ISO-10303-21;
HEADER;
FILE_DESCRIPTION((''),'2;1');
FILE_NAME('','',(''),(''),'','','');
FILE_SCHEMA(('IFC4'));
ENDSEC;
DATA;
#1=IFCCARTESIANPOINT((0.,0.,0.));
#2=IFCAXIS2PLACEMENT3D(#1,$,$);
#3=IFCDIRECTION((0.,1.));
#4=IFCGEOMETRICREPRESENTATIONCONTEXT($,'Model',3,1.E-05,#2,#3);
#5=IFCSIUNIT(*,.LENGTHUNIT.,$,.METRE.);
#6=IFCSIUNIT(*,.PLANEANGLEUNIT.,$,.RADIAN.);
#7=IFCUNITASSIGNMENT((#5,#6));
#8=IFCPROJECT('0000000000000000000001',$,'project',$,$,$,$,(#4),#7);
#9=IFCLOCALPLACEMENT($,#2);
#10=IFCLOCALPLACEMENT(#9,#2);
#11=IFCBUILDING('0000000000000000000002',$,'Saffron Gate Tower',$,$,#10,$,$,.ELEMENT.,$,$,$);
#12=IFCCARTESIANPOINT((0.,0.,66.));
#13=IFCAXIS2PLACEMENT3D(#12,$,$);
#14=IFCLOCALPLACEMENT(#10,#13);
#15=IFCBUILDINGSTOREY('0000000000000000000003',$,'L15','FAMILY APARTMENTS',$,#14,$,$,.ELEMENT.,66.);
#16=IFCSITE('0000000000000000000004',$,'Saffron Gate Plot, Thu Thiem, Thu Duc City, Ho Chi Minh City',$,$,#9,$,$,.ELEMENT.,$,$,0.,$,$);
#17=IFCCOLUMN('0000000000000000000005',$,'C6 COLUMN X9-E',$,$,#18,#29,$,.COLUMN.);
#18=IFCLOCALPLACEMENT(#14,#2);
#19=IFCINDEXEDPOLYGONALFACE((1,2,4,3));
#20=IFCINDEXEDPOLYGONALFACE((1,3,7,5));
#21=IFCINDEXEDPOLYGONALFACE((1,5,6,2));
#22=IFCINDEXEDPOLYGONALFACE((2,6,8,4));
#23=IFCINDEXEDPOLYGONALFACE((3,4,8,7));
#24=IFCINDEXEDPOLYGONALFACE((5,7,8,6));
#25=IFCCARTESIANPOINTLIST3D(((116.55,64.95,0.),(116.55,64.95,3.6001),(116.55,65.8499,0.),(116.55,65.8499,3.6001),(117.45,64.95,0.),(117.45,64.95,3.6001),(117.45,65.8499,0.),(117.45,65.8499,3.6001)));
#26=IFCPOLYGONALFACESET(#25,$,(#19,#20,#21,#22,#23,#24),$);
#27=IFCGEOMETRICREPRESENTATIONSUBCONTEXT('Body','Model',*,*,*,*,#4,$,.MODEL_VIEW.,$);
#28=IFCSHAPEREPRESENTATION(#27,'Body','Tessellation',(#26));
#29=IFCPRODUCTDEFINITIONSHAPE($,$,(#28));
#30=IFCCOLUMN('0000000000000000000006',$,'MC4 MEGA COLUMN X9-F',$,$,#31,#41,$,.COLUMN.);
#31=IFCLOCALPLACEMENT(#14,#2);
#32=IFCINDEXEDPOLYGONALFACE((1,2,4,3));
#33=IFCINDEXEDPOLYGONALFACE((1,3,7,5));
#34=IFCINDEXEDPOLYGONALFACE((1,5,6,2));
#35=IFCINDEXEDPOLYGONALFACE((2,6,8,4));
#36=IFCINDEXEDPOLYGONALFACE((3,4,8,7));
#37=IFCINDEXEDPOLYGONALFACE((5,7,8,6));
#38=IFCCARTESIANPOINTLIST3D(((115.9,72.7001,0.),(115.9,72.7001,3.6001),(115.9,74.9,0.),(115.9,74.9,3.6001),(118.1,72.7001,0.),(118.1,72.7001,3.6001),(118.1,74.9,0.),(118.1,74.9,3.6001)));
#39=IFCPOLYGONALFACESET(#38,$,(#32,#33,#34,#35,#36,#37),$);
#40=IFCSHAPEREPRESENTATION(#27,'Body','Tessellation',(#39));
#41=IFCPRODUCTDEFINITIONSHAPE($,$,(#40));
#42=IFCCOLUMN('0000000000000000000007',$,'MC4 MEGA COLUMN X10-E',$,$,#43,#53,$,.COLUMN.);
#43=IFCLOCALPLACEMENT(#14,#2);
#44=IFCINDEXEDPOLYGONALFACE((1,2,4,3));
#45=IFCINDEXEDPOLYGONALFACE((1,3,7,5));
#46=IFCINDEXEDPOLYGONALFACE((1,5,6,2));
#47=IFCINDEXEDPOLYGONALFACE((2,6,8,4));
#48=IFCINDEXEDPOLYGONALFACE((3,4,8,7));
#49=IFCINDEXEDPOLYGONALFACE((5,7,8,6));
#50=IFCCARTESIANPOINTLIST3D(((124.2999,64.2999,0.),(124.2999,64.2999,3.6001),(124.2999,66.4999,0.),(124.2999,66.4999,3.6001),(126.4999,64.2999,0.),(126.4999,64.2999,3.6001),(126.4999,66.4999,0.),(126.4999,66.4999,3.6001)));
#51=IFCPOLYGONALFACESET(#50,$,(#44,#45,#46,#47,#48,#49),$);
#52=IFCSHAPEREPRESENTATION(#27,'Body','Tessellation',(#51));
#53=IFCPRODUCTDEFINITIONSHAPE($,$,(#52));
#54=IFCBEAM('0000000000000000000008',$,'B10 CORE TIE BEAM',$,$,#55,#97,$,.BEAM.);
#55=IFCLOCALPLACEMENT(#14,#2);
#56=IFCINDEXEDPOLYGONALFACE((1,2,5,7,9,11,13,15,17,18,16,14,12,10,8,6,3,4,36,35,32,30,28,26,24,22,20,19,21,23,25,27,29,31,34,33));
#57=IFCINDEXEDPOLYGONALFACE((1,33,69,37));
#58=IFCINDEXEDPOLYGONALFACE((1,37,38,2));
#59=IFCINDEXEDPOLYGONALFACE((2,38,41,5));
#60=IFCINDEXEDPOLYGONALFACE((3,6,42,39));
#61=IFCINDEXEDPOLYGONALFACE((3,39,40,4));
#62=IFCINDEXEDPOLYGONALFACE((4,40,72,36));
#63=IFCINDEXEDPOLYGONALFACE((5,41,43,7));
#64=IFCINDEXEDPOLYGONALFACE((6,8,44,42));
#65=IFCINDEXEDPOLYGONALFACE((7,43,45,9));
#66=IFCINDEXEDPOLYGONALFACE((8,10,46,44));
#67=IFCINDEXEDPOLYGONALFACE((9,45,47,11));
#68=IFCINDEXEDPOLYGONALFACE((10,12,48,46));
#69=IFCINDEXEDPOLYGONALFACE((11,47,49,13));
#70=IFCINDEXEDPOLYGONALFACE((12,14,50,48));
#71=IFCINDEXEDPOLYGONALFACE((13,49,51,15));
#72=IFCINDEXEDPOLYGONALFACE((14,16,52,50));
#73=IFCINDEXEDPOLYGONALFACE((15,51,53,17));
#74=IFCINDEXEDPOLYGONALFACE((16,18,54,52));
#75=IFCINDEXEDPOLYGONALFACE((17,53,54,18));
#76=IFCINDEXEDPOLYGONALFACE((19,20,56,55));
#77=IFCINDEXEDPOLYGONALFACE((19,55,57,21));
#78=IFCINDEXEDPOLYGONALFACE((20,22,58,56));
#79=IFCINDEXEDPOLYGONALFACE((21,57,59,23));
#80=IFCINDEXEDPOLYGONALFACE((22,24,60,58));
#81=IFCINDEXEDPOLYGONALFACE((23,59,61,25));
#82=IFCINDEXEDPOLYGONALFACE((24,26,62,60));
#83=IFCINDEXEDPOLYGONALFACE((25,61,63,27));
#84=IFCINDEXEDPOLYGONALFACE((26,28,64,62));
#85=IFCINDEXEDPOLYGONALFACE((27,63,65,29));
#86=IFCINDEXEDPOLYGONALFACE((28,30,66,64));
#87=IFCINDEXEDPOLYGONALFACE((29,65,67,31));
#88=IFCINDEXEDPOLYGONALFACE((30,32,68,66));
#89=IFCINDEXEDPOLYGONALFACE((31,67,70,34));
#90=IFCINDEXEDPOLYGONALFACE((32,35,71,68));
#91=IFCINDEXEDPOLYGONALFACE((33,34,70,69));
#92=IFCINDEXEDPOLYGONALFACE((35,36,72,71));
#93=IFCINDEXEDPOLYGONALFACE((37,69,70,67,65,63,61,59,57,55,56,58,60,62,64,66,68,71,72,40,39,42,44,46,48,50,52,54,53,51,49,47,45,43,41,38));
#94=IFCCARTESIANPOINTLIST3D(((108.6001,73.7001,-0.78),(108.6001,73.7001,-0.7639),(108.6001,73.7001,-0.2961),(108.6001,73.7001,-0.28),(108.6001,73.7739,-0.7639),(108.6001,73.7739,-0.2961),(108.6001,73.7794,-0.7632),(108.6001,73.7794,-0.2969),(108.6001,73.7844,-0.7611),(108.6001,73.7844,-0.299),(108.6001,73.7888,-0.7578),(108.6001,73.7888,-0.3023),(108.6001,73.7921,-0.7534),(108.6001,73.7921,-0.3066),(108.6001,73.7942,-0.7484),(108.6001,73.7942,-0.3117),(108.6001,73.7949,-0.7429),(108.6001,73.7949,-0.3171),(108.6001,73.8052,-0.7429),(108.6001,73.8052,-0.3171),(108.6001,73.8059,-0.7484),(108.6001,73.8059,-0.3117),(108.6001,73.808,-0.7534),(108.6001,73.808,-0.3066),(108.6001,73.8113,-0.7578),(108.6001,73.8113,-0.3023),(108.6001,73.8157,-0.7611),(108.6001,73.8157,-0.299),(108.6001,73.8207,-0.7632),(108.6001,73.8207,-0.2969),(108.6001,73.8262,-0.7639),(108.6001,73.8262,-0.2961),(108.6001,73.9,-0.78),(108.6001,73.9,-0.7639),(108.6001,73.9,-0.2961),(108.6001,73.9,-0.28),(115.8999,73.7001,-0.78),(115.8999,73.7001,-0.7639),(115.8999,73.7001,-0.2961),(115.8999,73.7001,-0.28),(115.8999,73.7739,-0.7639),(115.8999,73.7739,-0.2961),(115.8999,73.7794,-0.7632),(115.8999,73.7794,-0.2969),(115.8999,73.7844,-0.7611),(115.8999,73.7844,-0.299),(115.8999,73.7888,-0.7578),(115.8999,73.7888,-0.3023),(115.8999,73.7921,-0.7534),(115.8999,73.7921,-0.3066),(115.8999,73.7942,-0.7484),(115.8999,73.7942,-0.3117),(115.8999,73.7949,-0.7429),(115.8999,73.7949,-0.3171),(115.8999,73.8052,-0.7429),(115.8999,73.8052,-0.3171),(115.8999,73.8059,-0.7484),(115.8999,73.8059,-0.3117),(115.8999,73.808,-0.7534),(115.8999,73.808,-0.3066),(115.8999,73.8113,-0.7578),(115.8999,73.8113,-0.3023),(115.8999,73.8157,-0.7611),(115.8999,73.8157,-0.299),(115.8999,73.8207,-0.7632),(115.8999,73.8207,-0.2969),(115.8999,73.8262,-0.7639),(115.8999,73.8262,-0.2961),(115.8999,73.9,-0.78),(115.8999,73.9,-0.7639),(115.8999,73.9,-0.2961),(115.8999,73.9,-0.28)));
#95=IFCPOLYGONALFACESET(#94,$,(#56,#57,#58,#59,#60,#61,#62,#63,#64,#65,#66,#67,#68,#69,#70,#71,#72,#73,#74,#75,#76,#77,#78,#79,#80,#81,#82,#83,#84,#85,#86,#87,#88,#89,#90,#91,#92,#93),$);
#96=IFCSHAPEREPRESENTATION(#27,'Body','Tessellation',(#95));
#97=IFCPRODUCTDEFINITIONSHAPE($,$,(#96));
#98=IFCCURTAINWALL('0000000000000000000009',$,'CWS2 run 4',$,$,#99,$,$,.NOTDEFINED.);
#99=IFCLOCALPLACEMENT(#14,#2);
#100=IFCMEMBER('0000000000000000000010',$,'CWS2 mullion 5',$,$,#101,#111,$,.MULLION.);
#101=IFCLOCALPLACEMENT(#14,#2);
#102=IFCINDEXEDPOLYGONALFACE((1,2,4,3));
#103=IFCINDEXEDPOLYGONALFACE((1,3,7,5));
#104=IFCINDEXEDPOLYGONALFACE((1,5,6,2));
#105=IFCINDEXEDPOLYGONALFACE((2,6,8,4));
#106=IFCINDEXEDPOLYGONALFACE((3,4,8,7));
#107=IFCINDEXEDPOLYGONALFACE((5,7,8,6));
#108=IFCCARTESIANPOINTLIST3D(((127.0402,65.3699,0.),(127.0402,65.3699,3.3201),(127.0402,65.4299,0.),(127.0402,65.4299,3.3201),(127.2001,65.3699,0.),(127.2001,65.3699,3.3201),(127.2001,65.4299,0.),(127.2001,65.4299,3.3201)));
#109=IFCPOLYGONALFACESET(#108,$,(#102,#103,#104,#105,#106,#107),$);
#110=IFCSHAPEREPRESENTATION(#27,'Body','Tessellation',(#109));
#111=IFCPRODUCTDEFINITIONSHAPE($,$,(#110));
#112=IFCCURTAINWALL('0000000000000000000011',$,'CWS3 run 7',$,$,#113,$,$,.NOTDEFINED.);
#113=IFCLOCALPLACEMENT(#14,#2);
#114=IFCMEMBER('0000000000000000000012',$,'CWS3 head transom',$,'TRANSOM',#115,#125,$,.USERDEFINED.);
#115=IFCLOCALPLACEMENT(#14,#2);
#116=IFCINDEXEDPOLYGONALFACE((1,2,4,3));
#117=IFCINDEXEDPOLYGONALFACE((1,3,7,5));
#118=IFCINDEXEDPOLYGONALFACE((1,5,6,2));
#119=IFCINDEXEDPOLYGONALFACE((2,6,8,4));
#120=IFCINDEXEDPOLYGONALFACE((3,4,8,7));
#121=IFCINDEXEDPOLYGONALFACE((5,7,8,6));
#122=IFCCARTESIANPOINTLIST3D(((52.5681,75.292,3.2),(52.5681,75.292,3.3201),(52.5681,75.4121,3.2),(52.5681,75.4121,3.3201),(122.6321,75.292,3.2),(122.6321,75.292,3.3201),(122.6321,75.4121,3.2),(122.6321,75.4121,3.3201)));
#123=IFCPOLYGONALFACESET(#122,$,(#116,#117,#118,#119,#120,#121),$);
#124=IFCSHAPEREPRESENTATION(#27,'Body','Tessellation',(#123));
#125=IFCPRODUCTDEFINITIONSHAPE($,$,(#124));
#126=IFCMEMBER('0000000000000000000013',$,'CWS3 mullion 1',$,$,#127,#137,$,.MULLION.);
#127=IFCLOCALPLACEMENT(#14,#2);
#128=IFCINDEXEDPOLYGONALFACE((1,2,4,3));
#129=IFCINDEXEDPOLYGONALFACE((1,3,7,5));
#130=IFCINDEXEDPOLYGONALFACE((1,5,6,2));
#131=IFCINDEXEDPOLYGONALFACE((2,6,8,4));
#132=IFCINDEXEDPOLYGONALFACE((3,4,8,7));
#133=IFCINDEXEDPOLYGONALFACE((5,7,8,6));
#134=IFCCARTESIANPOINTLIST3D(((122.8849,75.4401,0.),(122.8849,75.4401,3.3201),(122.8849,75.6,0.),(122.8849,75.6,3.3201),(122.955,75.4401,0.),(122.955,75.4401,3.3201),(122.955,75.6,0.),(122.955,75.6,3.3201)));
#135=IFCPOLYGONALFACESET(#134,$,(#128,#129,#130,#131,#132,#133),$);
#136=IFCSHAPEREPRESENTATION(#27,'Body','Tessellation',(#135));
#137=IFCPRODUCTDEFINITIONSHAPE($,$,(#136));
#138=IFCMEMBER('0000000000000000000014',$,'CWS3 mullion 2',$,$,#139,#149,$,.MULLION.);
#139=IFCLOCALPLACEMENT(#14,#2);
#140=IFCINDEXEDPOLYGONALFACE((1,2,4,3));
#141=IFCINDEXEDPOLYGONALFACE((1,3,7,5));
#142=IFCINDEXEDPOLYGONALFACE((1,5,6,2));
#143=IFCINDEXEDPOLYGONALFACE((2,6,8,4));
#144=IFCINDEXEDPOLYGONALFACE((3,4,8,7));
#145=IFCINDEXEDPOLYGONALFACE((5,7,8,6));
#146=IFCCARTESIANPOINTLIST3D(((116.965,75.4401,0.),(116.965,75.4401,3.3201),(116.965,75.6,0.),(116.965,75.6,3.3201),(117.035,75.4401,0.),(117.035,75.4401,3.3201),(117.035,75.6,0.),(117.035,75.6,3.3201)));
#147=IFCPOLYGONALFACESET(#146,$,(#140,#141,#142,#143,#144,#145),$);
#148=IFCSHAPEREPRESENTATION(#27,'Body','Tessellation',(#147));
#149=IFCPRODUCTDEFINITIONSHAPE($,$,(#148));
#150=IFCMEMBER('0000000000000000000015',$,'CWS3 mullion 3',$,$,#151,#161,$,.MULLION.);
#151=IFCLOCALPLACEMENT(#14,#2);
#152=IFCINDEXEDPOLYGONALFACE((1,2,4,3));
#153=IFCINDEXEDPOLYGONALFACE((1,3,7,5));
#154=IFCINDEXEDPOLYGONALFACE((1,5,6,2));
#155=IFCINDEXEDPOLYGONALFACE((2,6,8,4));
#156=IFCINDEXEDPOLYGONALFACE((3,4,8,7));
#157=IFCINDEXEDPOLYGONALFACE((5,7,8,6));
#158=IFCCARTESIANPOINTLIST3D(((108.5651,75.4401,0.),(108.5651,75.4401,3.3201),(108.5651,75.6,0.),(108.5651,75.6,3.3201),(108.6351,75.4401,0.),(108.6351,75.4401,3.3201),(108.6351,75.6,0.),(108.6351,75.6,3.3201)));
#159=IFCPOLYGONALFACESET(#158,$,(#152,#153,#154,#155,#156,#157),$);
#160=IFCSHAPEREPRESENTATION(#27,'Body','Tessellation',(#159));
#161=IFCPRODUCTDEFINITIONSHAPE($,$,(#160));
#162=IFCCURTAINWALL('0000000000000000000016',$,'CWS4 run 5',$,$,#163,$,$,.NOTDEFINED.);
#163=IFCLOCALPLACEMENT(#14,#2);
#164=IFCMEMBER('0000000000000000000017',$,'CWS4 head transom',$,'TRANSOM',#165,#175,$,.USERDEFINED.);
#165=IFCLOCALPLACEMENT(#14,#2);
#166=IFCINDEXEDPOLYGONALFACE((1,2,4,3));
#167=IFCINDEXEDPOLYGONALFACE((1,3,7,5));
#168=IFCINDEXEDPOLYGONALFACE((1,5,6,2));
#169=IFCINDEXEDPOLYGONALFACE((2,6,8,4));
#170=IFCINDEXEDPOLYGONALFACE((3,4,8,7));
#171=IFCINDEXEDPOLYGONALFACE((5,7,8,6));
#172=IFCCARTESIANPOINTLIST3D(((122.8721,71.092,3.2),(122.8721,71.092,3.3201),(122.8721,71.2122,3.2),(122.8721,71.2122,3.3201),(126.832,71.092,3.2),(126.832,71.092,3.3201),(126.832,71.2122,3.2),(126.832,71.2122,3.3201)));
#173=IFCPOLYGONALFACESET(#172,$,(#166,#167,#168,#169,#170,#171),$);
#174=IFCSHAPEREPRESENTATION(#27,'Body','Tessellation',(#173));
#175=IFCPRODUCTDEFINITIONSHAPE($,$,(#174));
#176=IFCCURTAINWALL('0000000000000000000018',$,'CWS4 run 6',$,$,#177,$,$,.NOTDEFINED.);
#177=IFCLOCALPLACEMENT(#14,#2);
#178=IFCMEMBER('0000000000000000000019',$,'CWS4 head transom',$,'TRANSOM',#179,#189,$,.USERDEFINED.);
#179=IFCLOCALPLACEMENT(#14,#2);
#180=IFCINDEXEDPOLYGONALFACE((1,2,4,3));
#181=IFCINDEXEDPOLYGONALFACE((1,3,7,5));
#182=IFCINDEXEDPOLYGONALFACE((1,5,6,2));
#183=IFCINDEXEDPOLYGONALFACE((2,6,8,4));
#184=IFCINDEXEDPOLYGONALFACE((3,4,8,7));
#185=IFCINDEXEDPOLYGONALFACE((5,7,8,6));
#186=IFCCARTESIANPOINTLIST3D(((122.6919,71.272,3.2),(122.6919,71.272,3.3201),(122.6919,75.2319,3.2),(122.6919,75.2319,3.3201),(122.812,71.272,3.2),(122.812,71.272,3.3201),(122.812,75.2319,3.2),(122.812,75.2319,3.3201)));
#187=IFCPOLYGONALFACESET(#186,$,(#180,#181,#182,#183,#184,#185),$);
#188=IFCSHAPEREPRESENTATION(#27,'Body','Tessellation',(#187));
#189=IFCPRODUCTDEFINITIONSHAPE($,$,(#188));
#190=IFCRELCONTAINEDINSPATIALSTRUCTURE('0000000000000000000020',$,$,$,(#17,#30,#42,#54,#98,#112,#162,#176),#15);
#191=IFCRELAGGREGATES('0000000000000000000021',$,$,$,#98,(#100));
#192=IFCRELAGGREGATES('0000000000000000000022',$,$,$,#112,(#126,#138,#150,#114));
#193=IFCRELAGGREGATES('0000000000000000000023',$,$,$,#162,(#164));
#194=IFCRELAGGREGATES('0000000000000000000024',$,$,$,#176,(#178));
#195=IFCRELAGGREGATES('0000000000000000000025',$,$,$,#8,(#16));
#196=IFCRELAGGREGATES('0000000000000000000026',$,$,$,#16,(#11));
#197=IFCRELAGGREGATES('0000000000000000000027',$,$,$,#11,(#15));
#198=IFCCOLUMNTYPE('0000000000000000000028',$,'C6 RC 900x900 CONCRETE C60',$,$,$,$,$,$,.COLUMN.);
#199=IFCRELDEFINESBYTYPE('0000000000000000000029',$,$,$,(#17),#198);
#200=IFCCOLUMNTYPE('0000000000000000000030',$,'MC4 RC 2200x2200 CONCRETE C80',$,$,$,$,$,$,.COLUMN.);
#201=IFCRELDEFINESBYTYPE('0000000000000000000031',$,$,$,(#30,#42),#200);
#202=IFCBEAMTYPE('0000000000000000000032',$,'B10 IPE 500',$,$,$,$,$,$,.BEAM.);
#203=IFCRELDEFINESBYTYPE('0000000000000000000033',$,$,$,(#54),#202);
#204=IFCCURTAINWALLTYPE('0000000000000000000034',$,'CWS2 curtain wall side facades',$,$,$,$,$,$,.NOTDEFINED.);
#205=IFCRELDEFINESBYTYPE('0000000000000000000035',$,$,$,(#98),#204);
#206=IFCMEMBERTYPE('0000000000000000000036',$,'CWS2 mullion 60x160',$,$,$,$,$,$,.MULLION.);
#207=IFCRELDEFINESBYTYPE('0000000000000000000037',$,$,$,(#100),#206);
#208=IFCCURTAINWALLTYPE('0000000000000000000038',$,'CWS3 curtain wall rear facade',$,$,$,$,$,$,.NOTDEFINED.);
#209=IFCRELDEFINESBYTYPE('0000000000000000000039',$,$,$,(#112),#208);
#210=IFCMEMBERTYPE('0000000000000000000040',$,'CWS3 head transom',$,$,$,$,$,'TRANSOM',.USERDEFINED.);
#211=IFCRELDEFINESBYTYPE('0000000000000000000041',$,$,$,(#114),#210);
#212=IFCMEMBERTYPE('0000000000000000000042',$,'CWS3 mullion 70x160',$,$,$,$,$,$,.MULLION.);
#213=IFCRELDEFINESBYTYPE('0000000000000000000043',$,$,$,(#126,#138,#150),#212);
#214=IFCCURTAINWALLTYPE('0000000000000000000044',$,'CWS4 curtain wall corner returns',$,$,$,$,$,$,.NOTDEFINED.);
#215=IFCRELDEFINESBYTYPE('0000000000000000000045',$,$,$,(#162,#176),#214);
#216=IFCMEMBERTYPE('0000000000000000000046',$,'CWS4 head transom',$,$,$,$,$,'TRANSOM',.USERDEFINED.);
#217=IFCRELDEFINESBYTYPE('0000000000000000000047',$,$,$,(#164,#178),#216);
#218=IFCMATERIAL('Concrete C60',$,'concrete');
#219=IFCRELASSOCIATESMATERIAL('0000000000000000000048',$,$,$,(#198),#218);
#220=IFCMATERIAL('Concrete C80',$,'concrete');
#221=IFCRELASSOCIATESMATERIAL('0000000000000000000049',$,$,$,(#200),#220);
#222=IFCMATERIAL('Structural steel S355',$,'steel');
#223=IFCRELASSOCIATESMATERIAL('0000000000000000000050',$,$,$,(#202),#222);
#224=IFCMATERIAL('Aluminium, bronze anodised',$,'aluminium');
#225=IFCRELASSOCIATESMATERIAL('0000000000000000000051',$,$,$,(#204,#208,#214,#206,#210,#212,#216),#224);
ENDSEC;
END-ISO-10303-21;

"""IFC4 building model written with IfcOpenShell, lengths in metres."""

from ifc_helpers import new_model, si_unit, direction, frame, origin, origin_2d, place, context, subcontext, project, spatial, rectangle, i_section, extrude, material, material_profile, profile_set, type_object, element, aggregate, save


model = new_model("IFC4")

# Units and contexts
model_context = context("Model", 3, precision=1e-05, world=origin(), true_north=direction((0.0, 1.0)))
body_context = subcontext(model_context, "Body", "Model", "MODEL_VIEW")
ifc_project = project(units=[si_unit("LENGTHUNIT", "METRE"), si_unit("PLANEANGLEUNIT", "RADIAN")], contexts=[model_context])

# Site, building, storey
site_placement = place(None, origin())
site = spatial("IfcSite", under=ifc_project, at=site_placement, Name="Saffron Gate Plot, Thu Thiem, Thu Duc City, Ho Chi Minh City", CompositionType="ELEMENT", RefElevation=0.0)
building_placement = place(site_placement, origin())
building = spatial("IfcBuilding", under=site, at=building_placement, Name="Saffron Gate Tower", CompositionType="ELEMENT")
storey_placement = place(building_placement, frame((0.0, 0.0, 66.0)))
storey = spatial("IfcBuildingStorey", under=building, at=storey_placement, Name="L15", Description="FAMILY APARTMENTS", CompositionType="ELEMENT", Elevation=66.0)

# Columns
ifc_material_1 = material(Name="Concrete C60", Category="concrete")
ifc_material_profile_1 = material_profile(ifc_material_1, rectangle(XDim=0.8999, YDim=0.8999, at=origin_2d()))
ifc_profile_set_1 = profile_set([ifc_material_profile_1], Name="Concrete C60")
column_type_1 = type_object("IfcColumnType", Name="C6 RC 900x900 CONCRETE C60", PredefinedType="COLUMN", material=ifc_profile_set_1)
column_placement = place(storey_placement, frame((117.0, 65.3999, 0.0), z_axis=(0.0, 0.0, 1.0), x_axis=(1.0, 0.0, 0.0)))
element("IfcColumn", 1, at=column_placement, inside=storey, type_object=column_type_1, Name="C6 COLUMN X9-E", PredefinedType="COLUMN", context=body_context, shape_type="SweptSolid", body=[
    extrude(rectangle(XDim=0.8999, YDim=0.8999, at=origin_2d()), origin(), (0.0, 0.0, 1.0), 3.6001),
])
ifc_material_2 = material(Name="Concrete C80", Category="concrete")
ifc_material_profile_2 = material_profile(ifc_material_2, rectangle(XDim=2.2, YDim=2.2, at=origin_2d()))
ifc_profile_set_2 = profile_set([ifc_material_profile_2], Name="Concrete C80")
column_type_2 = type_object("IfcColumnType", Name="MC4 RC 2200x2200 CONCRETE C80", PredefinedType="COLUMN", material=ifc_profile_set_2)
for number, where, z_axis, x_axis, name in (
    (2, (117.0, 73.8, 0.0), (0.0, 0.0, 1.0), (1.0, 0.0, 0.0), "MC4 MEGA COLUMN X9-F"),
    (3, (125.3999, 65.3999, 0.0), (0.0, 0.0, 1.0), (1.0, 0.0, 0.0), "MC4 MEGA COLUMN X10-E"),
):
    element("IfcColumn", number, at=place(storey_placement, frame(where, z_axis=z_axis, x_axis=x_axis)), inside=storey, type_object=column_type_2, Name=name, PredefinedType="COLUMN", context=body_context, shape_type="SweptSolid", body=[
        extrude(rectangle(XDim=2.2, YDim=2.2, at=origin_2d()), origin(), (0.0, 0.0, 1.0), 3.6001),
    ])

# Beam
ifc_material_3 = material(Name="Structural steel S355", Category="steel")
ifc_material_profile_3 = material_profile(ifc_material_3, i_section(OverallWidth=0.2, OverallDepth=0.5, WebThickness=0.0103, FlangeThickness=0.0161, FilletRadius=0.021, at=origin_2d()))
ifc_profile_set_3 = profile_set([ifc_material_profile_3], Name="Structural steel S355")
beam_type = type_object("IfcBeamType", Name="B10 IPE 500", PredefinedType="BEAM", material=ifc_profile_set_3)
beam_placement = place(storey_placement, frame((115.8999, 73.8, -0.53), z_axis=(-1.0, 0.0, 0.0), x_axis=(0.0, -1.0, 0.0)))
element("IfcBeam", 4, at=beam_placement, inside=storey, type_object=beam_type, Name="B10 CORE TIE BEAM", PredefinedType="BEAM", context=body_context, shape_type="SweptSolid", body=[
    extrude(i_section(OverallWidth=0.2, OverallDepth=0.5, WebThickness=0.0103, FlangeThickness=0.0161, FilletRadius=0.021, at=origin_2d()), origin(), (0.0, 0.0, 1.0), 7.2998),
])

# Curtain wall, member
ifc_material_4 = material(Name="Aluminium, bronze anodised", Category="aluminium")
curtain_wall_type_1 = type_object("IfcCurtainWallType", Name="CWS2 curtain wall side facades", PredefinedType="NOTDEFINED", material=ifc_material_4)
curtain_wall_1_placement = place(storey_placement, origin())
curtain_wall_1 = element("IfcCurtainWall", 5, at=curtain_wall_1_placement, inside=storey, type_object=curtain_wall_type_1, Name="CWS2 run 4", PredefinedType="NOTDEFINED")
ifc_material_profile_4 = material_profile(ifc_material_4, rectangle(XDim=0.1599, YDim=0.0601, at=origin_2d()))
ifc_profile_set_4 = profile_set([ifc_material_profile_4], Name="Aluminium, bronze anodised")
member_type_1 = type_object("IfcMemberType", Name="CWS2 mullion 60x160", PredefinedType="MULLION", material=ifc_profile_set_4)
member_1_placement = place(storey_placement, frame((127.1201, 65.3999, 0.0), z_axis=(0.0, 0.0, 1.0), x_axis=(-1.0, 0.0, 0.0)))
member_1 = element("IfcMember", 6, at=member_1_placement, type_object=member_type_1, Name="CWS2 mullion 5", PredefinedType="MULLION", context=body_context, shape_type="SweptSolid", body=[
    extrude(rectangle(XDim=0.1599, YDim=0.0601, at=origin_2d()), origin(), (0.0, 0.0, 1.0), 3.3201),
])
aggregate(curtain_wall_1, [member_1])

# Curtain wall, members
curtain_wall_type_2 = type_object("IfcCurtainWallType", Name="CWS3 curtain wall rear facade", PredefinedType="NOTDEFINED", material=ifc_material_4)
curtain_wall_2_placement = place(storey_placement, origin())
curtain_wall_2 = element("IfcCurtainWall", 7, at=curtain_wall_2_placement, inside=storey, type_object=curtain_wall_type_2, Name="CWS3 run 7", PredefinedType="NOTDEFINED")
ifc_material_profile_5 = material_profile(ifc_material_4, rectangle(XDim=0.1201, YDim=0.1201, at=origin_2d()))
ifc_profile_set_5 = profile_set([ifc_material_profile_5], Name="Aluminium, bronze anodised")
member_type_2 = type_object("IfcMemberType", Name="CWS3 head transom", ElementType="TRANSOM", PredefinedType="USERDEFINED", material=ifc_profile_set_5)
member_2_placement = place(storey_placement, frame((122.6321, 75.3521, 3.26), z_axis=(-1.0, 0.0, 0.0), x_axis=(0.0, -1.0, 0.0)))
member_2 = element("IfcMember", 8, at=member_2_placement, type_object=member_type_2, Name="CWS3 head transom", ObjectType="TRANSOM", PredefinedType="USERDEFINED", context=body_context, shape_type="SweptSolid", body=[
    extrude(rectangle(XDim=0.1201, YDim=0.1201, at=origin_2d()), origin(), (0.0, 0.0, 1.0), 70.064),
])
ifc_material_profile_6 = material_profile(ifc_material_4, rectangle(XDim=0.1599, YDim=0.0701, at=origin_2d()))
ifc_profile_set_6 = profile_set([ifc_material_profile_6], Name="Aluminium, bronze anodised")
member_type_3 = type_object("IfcMemberType", Name="CWS3 mullion 70x160", PredefinedType="MULLION", material=ifc_profile_set_6)
member_3_placement = place(storey_placement, frame((122.9199, 75.52, 0.0), z_axis=(0.0, 0.0, 1.0), x_axis=(0.0, -1.0, 0.0)))
member_3 = element("IfcMember", 9, at=member_3_placement, type_object=member_type_3, Name="CWS3 mullion 1", PredefinedType="MULLION", context=body_context, shape_type="SweptSolid", body=[
    extrude(rectangle(XDim=0.1599, YDim=0.0701, at=origin_2d()), origin(), (0.0, 0.0, 1.0), 3.3201),
])
member_4_placement = place(storey_placement, frame((117.0, 75.52, 0.0), z_axis=(0.0, 0.0, 1.0), x_axis=(0.0, -1.0, 0.0)))
member_4 = element("IfcMember", 10, at=member_4_placement, type_object=member_type_3, Name="CWS3 mullion 2", PredefinedType="MULLION", context=body_context, shape_type="SweptSolid", body=[
    extrude(rectangle(XDim=0.1599, YDim=0.0701, at=origin_2d()), origin(), (0.0, 0.0, 1.0), 3.3201),
])
member_5_placement = place(storey_placement, frame((108.6001, 75.52, 0.0), z_axis=(0.0, 0.0, 1.0), x_axis=(0.0, -1.0, 0.0)))
member_5 = element("IfcMember", 11, at=member_5_placement, type_object=member_type_3, Name="CWS3 mullion 3", PredefinedType="MULLION", context=body_context, shape_type="SweptSolid", body=[
    extrude(rectangle(XDim=0.1599, YDim=0.0701, at=origin_2d()), origin(), (0.0, 0.0, 1.0), 3.3201),
])

# Curtain walls, members
curtain_wall_type_3 = type_object("IfcCurtainWallType", Name="CWS4 curtain wall corner returns", PredefinedType="NOTDEFINED", material=ifc_material_4)
curtain_wall_3_placement = place(storey_placement, origin())
curtain_wall_3 = element("IfcCurtainWall", 12, at=curtain_wall_3_placement, inside=storey, type_object=curtain_wall_type_3, Name="CWS4 run 5", PredefinedType="NOTDEFINED")
ifc_material_profile_7 = material_profile(ifc_material_4, rectangle(XDim=0.1201, YDim=0.1201, at=origin_2d()))
ifc_profile_set_7 = profile_set([ifc_material_profile_7], Name="Aluminium, bronze anodised")
member_type_4 = type_object("IfcMemberType", Name="CWS4 head transom", ElementType="TRANSOM", PredefinedType="USERDEFINED", material=ifc_profile_set_7)
member_6_placement = place(storey_placement, frame((126.832, 71.1521, 3.26), z_axis=(-1.0, 0.0, 0.0), x_axis=(0.0, -1.0, 0.0)))
member_6 = element("IfcMember", 13, at=member_6_placement, type_object=member_type_4, Name="CWS4 head transom", ObjectType="TRANSOM", PredefinedType="USERDEFINED", context=body_context, shape_type="SweptSolid", body=[
    extrude(rectangle(XDim=0.1201, YDim=0.1201, at=origin_2d()), origin(), (0.0, 0.0, 1.0), 3.96),
])
curtain_wall_4_placement = place(storey_placement, origin())
curtain_wall_4 = element("IfcCurtainWall", 14, at=curtain_wall_4_placement, inside=storey, type_object=curtain_wall_type_3, Name="CWS4 run 6", PredefinedType="NOTDEFINED")
member_7_placement = place(storey_placement, frame((122.752, 71.272, 3.26), z_axis=(0.0, 1.0, 0.0), x_axis=(-1.0, 0.0, 0.0)))
member_7 = element("IfcMember", 15, at=member_7_placement, type_object=member_type_4, Name="CWS4 head transom", ObjectType="TRANSOM", PredefinedType="USERDEFINED", context=body_context, shape_type="SweptSolid", body=[
    extrude(rectangle(XDim=0.1201, YDim=0.1201, at=origin_2d()), origin(), (0.0, 0.0, 1.0), 3.96),
])

aggregate(curtain_wall_2, [member_3, member_4, member_5, member_2])

aggregate(curtain_wall_3, [member_6])
aggregate(curtain_wall_4, [member_7])

save(model, "model.ifc")
